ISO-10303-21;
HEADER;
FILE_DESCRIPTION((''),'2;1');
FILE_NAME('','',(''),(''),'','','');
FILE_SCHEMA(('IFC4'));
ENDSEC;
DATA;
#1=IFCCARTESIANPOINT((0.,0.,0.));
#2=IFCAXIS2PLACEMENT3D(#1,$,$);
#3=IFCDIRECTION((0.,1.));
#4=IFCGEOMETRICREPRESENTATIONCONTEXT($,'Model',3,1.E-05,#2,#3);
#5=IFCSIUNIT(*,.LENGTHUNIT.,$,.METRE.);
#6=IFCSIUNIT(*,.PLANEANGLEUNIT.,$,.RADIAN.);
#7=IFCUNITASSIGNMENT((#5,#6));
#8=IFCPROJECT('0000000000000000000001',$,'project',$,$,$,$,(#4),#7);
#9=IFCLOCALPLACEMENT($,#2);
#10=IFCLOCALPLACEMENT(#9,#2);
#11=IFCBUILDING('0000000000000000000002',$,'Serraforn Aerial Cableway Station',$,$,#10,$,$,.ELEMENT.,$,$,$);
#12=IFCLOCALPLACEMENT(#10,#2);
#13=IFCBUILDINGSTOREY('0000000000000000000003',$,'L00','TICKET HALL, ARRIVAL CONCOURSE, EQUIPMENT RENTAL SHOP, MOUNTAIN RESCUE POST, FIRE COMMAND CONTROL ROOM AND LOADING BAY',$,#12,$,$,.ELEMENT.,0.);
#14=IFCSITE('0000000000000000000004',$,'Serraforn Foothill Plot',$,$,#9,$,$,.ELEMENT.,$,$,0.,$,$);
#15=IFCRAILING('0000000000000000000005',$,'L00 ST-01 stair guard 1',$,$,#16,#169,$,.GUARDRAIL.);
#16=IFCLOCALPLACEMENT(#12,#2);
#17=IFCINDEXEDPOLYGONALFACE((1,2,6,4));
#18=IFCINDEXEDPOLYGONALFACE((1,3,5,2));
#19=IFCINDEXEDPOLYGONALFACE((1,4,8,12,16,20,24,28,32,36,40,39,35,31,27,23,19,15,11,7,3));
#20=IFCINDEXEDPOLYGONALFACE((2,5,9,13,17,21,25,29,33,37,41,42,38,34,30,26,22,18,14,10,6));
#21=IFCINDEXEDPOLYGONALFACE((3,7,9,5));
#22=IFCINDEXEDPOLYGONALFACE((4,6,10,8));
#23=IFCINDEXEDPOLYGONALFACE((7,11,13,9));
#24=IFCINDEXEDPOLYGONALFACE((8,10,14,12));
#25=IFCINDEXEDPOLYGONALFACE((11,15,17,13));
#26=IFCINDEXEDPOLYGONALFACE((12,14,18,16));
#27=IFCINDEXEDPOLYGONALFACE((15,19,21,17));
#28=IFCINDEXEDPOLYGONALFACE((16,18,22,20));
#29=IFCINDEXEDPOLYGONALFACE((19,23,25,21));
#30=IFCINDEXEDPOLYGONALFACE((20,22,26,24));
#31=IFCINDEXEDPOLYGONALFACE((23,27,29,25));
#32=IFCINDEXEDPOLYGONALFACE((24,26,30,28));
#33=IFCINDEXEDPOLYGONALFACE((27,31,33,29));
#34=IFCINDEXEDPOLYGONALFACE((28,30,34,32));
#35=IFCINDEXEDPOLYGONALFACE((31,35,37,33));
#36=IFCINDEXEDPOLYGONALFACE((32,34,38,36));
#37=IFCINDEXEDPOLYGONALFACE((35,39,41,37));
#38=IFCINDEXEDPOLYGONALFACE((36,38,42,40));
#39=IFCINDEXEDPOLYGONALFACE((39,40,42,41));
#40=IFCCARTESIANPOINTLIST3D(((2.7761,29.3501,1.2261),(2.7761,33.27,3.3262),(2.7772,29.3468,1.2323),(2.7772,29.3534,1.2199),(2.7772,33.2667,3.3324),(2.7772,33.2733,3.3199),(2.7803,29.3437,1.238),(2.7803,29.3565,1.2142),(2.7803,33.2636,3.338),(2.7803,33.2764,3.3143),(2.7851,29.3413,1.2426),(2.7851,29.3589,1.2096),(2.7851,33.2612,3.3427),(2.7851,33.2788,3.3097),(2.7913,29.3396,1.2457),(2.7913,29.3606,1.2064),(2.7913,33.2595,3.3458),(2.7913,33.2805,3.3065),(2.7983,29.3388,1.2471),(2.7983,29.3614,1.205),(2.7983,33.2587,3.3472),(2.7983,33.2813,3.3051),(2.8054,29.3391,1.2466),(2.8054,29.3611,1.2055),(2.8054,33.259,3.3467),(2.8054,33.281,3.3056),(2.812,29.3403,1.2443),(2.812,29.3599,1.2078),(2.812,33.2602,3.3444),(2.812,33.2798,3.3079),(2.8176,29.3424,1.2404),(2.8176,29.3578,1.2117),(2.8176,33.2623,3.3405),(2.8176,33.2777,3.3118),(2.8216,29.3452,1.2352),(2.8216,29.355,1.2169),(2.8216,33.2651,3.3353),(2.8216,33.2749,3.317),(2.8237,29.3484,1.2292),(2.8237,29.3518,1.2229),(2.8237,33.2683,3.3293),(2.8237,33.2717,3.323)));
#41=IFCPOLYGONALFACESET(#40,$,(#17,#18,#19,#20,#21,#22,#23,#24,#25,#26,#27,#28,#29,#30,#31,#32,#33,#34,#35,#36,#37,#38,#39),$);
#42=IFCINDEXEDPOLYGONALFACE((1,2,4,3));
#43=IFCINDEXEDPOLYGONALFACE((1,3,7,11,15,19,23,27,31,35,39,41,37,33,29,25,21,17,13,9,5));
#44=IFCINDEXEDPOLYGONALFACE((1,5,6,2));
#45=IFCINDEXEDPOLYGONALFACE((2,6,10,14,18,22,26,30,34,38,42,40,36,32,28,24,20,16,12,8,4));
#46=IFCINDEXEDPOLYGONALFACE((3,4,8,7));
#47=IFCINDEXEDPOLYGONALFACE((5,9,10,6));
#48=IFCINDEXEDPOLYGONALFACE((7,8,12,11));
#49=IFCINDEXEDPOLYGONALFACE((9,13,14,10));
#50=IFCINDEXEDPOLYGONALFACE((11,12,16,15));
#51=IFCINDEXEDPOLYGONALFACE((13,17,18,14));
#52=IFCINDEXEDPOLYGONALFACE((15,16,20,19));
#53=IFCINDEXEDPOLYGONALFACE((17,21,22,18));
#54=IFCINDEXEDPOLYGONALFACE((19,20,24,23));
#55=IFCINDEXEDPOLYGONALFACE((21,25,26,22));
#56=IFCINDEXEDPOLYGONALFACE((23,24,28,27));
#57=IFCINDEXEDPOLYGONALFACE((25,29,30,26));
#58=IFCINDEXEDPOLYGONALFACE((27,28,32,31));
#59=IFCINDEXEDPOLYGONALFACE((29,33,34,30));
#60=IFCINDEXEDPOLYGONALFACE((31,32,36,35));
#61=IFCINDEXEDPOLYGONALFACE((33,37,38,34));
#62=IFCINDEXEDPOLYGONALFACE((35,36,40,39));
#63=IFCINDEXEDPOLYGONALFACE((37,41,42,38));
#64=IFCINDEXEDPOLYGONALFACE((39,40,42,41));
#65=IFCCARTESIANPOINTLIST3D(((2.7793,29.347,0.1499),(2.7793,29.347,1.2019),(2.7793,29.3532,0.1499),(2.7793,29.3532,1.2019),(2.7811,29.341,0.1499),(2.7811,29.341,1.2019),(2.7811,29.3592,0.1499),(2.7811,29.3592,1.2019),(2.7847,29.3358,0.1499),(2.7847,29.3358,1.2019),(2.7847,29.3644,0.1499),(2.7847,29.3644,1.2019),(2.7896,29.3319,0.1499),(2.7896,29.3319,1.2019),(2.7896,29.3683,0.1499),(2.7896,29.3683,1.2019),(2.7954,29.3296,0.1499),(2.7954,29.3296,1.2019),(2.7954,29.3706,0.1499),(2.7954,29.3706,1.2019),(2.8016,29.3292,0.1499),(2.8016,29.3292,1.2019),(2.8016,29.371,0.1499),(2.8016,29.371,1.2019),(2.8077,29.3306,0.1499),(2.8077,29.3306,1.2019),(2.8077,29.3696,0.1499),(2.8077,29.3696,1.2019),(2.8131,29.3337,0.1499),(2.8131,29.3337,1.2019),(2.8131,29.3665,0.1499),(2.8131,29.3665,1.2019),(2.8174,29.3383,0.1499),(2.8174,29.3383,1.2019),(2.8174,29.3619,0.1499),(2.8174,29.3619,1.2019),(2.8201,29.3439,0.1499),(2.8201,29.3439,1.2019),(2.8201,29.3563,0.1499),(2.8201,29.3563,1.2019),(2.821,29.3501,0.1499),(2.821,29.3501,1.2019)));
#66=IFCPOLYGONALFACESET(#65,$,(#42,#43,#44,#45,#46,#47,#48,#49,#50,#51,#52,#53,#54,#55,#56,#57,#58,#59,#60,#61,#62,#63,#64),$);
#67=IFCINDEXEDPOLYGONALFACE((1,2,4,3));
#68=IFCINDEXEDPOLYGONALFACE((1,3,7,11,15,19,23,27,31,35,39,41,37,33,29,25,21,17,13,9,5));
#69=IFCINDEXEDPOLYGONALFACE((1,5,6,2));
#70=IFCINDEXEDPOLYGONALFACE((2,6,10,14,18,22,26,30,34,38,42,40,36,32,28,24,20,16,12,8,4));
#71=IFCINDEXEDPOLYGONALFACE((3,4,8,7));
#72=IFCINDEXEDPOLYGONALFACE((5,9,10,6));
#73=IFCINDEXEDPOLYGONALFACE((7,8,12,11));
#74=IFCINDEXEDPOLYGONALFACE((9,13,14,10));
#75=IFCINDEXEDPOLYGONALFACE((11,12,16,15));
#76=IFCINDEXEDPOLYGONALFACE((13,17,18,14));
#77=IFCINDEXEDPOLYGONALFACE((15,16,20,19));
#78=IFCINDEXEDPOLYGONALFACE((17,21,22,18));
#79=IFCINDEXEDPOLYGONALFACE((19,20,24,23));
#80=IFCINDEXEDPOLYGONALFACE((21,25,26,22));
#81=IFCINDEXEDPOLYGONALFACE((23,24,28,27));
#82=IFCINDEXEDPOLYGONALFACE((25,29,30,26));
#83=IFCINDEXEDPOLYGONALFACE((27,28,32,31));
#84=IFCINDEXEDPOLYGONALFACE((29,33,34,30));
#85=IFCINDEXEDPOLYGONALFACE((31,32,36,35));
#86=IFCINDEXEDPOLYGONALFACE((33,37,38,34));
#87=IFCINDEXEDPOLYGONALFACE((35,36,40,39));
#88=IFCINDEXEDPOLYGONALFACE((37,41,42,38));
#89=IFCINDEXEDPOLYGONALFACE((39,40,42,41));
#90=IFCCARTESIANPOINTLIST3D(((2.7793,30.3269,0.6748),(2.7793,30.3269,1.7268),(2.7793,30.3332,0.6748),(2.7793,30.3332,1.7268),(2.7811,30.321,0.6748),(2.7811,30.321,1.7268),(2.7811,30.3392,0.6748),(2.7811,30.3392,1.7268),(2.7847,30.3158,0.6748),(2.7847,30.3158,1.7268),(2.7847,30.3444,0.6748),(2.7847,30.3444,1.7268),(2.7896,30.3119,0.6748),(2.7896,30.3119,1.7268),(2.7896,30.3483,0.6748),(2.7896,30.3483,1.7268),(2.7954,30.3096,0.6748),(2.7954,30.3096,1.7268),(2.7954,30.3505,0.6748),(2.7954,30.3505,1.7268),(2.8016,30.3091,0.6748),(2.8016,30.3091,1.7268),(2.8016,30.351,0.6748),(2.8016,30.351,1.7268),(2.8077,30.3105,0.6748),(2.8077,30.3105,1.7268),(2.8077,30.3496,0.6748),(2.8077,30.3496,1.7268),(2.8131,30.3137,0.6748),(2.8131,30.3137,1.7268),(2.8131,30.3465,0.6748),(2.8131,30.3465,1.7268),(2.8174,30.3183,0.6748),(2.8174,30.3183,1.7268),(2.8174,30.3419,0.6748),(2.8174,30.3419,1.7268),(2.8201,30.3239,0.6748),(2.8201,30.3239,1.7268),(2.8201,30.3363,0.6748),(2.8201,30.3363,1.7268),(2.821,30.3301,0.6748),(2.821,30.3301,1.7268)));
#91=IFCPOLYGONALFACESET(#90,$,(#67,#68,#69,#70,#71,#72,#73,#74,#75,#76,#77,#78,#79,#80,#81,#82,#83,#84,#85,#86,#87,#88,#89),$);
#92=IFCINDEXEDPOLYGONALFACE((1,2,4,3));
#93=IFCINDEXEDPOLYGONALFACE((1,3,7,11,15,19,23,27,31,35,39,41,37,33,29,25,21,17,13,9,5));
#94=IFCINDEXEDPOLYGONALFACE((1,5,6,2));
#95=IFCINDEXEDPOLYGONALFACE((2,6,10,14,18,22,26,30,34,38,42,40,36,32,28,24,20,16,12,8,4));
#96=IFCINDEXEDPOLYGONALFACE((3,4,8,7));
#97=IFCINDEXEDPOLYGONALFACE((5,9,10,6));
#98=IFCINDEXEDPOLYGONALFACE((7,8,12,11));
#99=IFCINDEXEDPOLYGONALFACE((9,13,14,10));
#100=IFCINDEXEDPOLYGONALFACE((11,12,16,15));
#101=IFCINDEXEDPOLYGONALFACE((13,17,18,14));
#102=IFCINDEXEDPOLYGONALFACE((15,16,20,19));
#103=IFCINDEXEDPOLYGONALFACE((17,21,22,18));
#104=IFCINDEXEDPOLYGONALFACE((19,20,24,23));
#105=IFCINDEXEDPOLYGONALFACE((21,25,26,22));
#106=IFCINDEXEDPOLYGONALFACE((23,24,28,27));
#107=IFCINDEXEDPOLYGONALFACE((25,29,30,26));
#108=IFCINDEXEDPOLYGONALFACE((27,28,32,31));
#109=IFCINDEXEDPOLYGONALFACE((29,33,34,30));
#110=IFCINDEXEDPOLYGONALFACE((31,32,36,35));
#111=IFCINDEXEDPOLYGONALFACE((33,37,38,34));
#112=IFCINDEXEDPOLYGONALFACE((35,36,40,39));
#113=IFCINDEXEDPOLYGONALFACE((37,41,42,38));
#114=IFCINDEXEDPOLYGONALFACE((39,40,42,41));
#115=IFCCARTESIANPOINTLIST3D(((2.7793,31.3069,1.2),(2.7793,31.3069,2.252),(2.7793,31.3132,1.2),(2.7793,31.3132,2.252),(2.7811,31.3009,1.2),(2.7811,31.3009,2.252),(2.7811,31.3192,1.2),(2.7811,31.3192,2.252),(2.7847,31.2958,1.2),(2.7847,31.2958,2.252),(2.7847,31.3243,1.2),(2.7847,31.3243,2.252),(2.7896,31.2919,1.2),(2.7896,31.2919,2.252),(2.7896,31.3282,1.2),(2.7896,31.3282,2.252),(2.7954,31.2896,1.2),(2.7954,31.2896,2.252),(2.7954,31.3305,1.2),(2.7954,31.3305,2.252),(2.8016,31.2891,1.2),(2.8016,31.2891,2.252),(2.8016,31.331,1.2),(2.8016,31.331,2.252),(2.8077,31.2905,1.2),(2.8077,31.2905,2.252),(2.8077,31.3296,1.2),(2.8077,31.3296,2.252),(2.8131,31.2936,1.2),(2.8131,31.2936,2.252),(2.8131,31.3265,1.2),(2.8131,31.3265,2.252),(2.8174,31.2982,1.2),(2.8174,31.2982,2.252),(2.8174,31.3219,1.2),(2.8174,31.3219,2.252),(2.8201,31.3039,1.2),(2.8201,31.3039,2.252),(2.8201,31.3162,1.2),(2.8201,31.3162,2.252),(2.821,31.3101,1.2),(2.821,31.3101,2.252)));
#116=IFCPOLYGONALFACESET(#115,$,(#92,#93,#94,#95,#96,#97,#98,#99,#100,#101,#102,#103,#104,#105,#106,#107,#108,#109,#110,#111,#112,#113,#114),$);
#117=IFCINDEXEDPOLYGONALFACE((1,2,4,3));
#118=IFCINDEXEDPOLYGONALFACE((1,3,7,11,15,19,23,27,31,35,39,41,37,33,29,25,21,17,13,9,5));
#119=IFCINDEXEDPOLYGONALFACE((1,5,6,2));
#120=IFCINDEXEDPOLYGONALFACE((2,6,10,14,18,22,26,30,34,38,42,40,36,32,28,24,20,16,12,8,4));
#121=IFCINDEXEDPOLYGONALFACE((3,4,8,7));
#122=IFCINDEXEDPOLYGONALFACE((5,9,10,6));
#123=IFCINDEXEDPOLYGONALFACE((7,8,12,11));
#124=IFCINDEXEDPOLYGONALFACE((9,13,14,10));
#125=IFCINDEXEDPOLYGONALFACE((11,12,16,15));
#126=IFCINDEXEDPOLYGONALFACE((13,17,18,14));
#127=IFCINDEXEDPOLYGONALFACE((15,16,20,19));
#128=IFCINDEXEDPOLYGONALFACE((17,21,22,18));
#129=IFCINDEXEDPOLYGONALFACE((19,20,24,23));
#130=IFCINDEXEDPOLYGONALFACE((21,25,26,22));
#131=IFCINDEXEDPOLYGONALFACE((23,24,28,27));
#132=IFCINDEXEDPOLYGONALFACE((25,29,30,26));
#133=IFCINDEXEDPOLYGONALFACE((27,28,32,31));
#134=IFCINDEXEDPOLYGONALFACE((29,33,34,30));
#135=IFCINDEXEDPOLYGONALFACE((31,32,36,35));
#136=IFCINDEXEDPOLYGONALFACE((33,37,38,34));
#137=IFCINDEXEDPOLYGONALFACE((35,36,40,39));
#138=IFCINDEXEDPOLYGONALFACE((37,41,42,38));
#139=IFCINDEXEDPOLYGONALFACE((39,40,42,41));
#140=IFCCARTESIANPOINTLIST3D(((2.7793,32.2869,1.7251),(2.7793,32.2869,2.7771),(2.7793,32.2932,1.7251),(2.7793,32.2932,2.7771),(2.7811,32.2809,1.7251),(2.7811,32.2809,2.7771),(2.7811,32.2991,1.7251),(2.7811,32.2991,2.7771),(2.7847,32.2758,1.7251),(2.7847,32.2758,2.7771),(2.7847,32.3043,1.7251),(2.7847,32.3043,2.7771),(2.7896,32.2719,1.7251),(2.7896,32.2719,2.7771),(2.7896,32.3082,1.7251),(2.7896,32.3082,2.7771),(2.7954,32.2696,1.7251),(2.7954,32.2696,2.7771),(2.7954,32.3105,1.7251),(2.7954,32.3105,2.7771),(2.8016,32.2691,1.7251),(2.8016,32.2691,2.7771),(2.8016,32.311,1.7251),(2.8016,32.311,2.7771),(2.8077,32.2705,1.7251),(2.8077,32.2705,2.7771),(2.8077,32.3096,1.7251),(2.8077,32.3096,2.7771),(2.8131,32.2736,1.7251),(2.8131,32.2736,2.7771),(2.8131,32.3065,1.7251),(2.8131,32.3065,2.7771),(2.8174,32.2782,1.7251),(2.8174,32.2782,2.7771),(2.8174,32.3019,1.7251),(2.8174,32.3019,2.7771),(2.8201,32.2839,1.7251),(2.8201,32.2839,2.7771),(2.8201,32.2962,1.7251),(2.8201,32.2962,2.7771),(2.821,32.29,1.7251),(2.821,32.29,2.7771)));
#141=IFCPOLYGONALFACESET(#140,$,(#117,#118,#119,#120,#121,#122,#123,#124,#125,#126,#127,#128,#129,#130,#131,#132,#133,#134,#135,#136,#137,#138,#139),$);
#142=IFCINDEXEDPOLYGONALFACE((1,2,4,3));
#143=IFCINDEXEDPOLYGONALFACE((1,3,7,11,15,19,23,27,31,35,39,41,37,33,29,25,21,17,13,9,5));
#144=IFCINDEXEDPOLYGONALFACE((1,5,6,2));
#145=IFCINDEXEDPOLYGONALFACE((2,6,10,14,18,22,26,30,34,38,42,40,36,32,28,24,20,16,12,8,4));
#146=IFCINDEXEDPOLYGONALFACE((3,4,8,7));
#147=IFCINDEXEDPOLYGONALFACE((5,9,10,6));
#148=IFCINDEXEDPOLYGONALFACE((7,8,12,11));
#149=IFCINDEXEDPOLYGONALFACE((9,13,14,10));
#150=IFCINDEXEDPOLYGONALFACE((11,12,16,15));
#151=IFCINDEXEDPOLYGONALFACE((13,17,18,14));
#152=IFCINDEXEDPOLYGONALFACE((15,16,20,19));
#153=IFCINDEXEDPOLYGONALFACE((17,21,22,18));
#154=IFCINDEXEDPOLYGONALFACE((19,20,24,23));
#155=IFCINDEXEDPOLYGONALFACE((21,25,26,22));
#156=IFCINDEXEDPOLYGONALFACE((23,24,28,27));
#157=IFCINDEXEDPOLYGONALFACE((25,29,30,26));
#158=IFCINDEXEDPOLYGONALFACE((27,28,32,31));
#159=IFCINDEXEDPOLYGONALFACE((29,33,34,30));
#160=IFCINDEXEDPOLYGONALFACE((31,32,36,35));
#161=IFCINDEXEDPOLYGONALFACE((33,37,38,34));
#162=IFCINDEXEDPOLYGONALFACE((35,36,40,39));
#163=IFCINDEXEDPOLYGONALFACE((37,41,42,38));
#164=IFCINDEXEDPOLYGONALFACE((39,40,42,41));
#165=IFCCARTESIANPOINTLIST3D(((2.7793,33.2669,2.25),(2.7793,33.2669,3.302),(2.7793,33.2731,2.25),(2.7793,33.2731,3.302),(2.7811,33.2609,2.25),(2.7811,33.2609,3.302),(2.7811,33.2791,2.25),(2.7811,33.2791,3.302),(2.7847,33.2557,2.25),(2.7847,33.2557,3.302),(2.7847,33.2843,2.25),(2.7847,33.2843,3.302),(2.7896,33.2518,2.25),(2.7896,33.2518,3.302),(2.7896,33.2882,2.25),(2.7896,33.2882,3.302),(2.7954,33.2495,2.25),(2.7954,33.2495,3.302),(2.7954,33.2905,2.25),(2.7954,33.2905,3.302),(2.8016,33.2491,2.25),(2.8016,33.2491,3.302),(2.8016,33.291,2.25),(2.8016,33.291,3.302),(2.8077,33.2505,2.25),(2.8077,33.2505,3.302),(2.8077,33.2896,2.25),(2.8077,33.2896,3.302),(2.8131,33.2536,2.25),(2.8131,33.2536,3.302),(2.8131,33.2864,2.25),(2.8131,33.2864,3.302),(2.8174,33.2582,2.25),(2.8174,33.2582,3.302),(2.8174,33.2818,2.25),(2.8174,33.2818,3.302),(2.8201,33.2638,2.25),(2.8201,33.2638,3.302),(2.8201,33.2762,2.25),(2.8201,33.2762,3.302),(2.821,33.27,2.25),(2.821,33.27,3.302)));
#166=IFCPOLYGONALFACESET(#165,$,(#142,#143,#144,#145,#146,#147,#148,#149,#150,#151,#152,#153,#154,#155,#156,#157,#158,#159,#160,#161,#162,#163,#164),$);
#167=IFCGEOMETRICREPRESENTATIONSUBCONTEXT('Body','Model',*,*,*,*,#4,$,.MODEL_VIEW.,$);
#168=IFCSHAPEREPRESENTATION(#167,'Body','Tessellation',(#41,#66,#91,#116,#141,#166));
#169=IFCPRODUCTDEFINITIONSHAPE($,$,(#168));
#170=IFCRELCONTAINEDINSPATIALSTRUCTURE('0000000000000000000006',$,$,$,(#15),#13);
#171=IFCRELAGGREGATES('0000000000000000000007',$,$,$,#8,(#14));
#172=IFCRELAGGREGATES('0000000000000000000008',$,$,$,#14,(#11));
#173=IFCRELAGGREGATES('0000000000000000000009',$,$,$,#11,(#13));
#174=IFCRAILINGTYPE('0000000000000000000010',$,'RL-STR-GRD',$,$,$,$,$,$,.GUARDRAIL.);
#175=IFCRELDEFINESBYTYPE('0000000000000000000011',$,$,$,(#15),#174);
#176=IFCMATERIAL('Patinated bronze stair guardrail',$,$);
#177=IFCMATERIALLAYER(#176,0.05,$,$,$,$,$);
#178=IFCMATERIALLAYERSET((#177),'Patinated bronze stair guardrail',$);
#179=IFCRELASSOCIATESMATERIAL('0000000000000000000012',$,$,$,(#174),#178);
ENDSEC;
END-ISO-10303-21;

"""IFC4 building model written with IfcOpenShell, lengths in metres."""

from ifc_helpers import new_model, si_unit, direction, frame, origin, origin_2d, place, context, subcontext, project, spatial, circle, extrude, material, layer, layer_set, type_object, element, save


model = new_model("IFC4")

# Units and contexts
model_context = context("Model", 3, precision=1e-05, world=origin(), true_north=direction((0.0, 1.0)))
body_context = subcontext(model_context, "Body", "Model", "MODEL_VIEW")
ifc_project = project(units=[si_unit("LENGTHUNIT", "METRE"), si_unit("PLANEANGLEUNIT", "RADIAN")], contexts=[model_context])

# Site, building, storey
site_placement = place(None, origin())
site = spatial("IfcSite", under=ifc_project, at=site_placement, Name="Serraforn Foothill Plot", CompositionType="ELEMENT", RefElevation=0.0)
building_placement = place(site_placement, origin())
building = spatial("IfcBuilding", under=site, at=building_placement, Name="Serraforn Aerial Cableway Station", CompositionType="ELEMENT")
storey_placement = place(building_placement, origin())
storey = spatial("IfcBuildingStorey", under=building, at=storey_placement, Name="L00", Description="TICKET HALL, ARRIVAL CONCOURSE, EQUIPMENT RENTAL SHOP, MOUNTAIN RESCUE POST, FIRE COMMAND CONTROL ROOM AND LOADING BAY", CompositionType="ELEMENT", Elevation=0.0)

# Railing
ifc_material_1 = material(Name="Patinated bronze stair guardrail")
ifc_layer_1 = layer(ifc_material_1, 0.05)
ifc_layer_set_1 = layer_set([ifc_layer_1], Name="Patinated bronze stair guardrail")
railing_type_1 = type_object("IfcRailingType", Name="RL-STR-GRD", PredefinedType="GUARDRAIL", material=ifc_layer_set_1)
railing_1_placement = place(storey_placement, frame((2.8, 29.3501, 0.1499)))
element("IfcRailing", 1, at=railing_1_placement, inside=storey, type_object=railing_type_1, Name="L00 ST-01 stair guard 1", PredefinedType="GUARDRAIL", context=body_context, shape_type="SweptSolid", body=[
    extrude(circle(Radius=0.0239, at=origin_2d()), frame((0.0, 0.0, 1.0762), z_axis=(0.0, 0.881467, 0.472246), x_axis=(-1.0, 0.0, 0.0)), (0.0, 0.0, 1.0), 4.447),
    extrude(circle(Radius=0.021, at=origin_2d()), origin(), (0.0, 0.0, 1.0), 1.052),
    extrude(circle(Radius=0.021, at=origin_2d()), frame((0.0, 0.98, 0.5249)), (0.0, 0.0, 1.0), 1.052),
    extrude(circle(Radius=0.021, at=origin_2d()), frame((0.0, 1.96, 1.05)), (0.0, 0.0, 1.0), 1.052),
    extrude(circle(Radius=0.021, at=origin_2d()), frame((0.0, 2.9399, 1.5752)), (0.0, 0.0, 1.0), 1.052),
    extrude(circle(Radius=0.021, at=origin_2d()), frame((0.0, 3.9199, 2.1001)), (0.0, 0.0, 1.0), 1.052),
])

save(model, "model.ifc")
